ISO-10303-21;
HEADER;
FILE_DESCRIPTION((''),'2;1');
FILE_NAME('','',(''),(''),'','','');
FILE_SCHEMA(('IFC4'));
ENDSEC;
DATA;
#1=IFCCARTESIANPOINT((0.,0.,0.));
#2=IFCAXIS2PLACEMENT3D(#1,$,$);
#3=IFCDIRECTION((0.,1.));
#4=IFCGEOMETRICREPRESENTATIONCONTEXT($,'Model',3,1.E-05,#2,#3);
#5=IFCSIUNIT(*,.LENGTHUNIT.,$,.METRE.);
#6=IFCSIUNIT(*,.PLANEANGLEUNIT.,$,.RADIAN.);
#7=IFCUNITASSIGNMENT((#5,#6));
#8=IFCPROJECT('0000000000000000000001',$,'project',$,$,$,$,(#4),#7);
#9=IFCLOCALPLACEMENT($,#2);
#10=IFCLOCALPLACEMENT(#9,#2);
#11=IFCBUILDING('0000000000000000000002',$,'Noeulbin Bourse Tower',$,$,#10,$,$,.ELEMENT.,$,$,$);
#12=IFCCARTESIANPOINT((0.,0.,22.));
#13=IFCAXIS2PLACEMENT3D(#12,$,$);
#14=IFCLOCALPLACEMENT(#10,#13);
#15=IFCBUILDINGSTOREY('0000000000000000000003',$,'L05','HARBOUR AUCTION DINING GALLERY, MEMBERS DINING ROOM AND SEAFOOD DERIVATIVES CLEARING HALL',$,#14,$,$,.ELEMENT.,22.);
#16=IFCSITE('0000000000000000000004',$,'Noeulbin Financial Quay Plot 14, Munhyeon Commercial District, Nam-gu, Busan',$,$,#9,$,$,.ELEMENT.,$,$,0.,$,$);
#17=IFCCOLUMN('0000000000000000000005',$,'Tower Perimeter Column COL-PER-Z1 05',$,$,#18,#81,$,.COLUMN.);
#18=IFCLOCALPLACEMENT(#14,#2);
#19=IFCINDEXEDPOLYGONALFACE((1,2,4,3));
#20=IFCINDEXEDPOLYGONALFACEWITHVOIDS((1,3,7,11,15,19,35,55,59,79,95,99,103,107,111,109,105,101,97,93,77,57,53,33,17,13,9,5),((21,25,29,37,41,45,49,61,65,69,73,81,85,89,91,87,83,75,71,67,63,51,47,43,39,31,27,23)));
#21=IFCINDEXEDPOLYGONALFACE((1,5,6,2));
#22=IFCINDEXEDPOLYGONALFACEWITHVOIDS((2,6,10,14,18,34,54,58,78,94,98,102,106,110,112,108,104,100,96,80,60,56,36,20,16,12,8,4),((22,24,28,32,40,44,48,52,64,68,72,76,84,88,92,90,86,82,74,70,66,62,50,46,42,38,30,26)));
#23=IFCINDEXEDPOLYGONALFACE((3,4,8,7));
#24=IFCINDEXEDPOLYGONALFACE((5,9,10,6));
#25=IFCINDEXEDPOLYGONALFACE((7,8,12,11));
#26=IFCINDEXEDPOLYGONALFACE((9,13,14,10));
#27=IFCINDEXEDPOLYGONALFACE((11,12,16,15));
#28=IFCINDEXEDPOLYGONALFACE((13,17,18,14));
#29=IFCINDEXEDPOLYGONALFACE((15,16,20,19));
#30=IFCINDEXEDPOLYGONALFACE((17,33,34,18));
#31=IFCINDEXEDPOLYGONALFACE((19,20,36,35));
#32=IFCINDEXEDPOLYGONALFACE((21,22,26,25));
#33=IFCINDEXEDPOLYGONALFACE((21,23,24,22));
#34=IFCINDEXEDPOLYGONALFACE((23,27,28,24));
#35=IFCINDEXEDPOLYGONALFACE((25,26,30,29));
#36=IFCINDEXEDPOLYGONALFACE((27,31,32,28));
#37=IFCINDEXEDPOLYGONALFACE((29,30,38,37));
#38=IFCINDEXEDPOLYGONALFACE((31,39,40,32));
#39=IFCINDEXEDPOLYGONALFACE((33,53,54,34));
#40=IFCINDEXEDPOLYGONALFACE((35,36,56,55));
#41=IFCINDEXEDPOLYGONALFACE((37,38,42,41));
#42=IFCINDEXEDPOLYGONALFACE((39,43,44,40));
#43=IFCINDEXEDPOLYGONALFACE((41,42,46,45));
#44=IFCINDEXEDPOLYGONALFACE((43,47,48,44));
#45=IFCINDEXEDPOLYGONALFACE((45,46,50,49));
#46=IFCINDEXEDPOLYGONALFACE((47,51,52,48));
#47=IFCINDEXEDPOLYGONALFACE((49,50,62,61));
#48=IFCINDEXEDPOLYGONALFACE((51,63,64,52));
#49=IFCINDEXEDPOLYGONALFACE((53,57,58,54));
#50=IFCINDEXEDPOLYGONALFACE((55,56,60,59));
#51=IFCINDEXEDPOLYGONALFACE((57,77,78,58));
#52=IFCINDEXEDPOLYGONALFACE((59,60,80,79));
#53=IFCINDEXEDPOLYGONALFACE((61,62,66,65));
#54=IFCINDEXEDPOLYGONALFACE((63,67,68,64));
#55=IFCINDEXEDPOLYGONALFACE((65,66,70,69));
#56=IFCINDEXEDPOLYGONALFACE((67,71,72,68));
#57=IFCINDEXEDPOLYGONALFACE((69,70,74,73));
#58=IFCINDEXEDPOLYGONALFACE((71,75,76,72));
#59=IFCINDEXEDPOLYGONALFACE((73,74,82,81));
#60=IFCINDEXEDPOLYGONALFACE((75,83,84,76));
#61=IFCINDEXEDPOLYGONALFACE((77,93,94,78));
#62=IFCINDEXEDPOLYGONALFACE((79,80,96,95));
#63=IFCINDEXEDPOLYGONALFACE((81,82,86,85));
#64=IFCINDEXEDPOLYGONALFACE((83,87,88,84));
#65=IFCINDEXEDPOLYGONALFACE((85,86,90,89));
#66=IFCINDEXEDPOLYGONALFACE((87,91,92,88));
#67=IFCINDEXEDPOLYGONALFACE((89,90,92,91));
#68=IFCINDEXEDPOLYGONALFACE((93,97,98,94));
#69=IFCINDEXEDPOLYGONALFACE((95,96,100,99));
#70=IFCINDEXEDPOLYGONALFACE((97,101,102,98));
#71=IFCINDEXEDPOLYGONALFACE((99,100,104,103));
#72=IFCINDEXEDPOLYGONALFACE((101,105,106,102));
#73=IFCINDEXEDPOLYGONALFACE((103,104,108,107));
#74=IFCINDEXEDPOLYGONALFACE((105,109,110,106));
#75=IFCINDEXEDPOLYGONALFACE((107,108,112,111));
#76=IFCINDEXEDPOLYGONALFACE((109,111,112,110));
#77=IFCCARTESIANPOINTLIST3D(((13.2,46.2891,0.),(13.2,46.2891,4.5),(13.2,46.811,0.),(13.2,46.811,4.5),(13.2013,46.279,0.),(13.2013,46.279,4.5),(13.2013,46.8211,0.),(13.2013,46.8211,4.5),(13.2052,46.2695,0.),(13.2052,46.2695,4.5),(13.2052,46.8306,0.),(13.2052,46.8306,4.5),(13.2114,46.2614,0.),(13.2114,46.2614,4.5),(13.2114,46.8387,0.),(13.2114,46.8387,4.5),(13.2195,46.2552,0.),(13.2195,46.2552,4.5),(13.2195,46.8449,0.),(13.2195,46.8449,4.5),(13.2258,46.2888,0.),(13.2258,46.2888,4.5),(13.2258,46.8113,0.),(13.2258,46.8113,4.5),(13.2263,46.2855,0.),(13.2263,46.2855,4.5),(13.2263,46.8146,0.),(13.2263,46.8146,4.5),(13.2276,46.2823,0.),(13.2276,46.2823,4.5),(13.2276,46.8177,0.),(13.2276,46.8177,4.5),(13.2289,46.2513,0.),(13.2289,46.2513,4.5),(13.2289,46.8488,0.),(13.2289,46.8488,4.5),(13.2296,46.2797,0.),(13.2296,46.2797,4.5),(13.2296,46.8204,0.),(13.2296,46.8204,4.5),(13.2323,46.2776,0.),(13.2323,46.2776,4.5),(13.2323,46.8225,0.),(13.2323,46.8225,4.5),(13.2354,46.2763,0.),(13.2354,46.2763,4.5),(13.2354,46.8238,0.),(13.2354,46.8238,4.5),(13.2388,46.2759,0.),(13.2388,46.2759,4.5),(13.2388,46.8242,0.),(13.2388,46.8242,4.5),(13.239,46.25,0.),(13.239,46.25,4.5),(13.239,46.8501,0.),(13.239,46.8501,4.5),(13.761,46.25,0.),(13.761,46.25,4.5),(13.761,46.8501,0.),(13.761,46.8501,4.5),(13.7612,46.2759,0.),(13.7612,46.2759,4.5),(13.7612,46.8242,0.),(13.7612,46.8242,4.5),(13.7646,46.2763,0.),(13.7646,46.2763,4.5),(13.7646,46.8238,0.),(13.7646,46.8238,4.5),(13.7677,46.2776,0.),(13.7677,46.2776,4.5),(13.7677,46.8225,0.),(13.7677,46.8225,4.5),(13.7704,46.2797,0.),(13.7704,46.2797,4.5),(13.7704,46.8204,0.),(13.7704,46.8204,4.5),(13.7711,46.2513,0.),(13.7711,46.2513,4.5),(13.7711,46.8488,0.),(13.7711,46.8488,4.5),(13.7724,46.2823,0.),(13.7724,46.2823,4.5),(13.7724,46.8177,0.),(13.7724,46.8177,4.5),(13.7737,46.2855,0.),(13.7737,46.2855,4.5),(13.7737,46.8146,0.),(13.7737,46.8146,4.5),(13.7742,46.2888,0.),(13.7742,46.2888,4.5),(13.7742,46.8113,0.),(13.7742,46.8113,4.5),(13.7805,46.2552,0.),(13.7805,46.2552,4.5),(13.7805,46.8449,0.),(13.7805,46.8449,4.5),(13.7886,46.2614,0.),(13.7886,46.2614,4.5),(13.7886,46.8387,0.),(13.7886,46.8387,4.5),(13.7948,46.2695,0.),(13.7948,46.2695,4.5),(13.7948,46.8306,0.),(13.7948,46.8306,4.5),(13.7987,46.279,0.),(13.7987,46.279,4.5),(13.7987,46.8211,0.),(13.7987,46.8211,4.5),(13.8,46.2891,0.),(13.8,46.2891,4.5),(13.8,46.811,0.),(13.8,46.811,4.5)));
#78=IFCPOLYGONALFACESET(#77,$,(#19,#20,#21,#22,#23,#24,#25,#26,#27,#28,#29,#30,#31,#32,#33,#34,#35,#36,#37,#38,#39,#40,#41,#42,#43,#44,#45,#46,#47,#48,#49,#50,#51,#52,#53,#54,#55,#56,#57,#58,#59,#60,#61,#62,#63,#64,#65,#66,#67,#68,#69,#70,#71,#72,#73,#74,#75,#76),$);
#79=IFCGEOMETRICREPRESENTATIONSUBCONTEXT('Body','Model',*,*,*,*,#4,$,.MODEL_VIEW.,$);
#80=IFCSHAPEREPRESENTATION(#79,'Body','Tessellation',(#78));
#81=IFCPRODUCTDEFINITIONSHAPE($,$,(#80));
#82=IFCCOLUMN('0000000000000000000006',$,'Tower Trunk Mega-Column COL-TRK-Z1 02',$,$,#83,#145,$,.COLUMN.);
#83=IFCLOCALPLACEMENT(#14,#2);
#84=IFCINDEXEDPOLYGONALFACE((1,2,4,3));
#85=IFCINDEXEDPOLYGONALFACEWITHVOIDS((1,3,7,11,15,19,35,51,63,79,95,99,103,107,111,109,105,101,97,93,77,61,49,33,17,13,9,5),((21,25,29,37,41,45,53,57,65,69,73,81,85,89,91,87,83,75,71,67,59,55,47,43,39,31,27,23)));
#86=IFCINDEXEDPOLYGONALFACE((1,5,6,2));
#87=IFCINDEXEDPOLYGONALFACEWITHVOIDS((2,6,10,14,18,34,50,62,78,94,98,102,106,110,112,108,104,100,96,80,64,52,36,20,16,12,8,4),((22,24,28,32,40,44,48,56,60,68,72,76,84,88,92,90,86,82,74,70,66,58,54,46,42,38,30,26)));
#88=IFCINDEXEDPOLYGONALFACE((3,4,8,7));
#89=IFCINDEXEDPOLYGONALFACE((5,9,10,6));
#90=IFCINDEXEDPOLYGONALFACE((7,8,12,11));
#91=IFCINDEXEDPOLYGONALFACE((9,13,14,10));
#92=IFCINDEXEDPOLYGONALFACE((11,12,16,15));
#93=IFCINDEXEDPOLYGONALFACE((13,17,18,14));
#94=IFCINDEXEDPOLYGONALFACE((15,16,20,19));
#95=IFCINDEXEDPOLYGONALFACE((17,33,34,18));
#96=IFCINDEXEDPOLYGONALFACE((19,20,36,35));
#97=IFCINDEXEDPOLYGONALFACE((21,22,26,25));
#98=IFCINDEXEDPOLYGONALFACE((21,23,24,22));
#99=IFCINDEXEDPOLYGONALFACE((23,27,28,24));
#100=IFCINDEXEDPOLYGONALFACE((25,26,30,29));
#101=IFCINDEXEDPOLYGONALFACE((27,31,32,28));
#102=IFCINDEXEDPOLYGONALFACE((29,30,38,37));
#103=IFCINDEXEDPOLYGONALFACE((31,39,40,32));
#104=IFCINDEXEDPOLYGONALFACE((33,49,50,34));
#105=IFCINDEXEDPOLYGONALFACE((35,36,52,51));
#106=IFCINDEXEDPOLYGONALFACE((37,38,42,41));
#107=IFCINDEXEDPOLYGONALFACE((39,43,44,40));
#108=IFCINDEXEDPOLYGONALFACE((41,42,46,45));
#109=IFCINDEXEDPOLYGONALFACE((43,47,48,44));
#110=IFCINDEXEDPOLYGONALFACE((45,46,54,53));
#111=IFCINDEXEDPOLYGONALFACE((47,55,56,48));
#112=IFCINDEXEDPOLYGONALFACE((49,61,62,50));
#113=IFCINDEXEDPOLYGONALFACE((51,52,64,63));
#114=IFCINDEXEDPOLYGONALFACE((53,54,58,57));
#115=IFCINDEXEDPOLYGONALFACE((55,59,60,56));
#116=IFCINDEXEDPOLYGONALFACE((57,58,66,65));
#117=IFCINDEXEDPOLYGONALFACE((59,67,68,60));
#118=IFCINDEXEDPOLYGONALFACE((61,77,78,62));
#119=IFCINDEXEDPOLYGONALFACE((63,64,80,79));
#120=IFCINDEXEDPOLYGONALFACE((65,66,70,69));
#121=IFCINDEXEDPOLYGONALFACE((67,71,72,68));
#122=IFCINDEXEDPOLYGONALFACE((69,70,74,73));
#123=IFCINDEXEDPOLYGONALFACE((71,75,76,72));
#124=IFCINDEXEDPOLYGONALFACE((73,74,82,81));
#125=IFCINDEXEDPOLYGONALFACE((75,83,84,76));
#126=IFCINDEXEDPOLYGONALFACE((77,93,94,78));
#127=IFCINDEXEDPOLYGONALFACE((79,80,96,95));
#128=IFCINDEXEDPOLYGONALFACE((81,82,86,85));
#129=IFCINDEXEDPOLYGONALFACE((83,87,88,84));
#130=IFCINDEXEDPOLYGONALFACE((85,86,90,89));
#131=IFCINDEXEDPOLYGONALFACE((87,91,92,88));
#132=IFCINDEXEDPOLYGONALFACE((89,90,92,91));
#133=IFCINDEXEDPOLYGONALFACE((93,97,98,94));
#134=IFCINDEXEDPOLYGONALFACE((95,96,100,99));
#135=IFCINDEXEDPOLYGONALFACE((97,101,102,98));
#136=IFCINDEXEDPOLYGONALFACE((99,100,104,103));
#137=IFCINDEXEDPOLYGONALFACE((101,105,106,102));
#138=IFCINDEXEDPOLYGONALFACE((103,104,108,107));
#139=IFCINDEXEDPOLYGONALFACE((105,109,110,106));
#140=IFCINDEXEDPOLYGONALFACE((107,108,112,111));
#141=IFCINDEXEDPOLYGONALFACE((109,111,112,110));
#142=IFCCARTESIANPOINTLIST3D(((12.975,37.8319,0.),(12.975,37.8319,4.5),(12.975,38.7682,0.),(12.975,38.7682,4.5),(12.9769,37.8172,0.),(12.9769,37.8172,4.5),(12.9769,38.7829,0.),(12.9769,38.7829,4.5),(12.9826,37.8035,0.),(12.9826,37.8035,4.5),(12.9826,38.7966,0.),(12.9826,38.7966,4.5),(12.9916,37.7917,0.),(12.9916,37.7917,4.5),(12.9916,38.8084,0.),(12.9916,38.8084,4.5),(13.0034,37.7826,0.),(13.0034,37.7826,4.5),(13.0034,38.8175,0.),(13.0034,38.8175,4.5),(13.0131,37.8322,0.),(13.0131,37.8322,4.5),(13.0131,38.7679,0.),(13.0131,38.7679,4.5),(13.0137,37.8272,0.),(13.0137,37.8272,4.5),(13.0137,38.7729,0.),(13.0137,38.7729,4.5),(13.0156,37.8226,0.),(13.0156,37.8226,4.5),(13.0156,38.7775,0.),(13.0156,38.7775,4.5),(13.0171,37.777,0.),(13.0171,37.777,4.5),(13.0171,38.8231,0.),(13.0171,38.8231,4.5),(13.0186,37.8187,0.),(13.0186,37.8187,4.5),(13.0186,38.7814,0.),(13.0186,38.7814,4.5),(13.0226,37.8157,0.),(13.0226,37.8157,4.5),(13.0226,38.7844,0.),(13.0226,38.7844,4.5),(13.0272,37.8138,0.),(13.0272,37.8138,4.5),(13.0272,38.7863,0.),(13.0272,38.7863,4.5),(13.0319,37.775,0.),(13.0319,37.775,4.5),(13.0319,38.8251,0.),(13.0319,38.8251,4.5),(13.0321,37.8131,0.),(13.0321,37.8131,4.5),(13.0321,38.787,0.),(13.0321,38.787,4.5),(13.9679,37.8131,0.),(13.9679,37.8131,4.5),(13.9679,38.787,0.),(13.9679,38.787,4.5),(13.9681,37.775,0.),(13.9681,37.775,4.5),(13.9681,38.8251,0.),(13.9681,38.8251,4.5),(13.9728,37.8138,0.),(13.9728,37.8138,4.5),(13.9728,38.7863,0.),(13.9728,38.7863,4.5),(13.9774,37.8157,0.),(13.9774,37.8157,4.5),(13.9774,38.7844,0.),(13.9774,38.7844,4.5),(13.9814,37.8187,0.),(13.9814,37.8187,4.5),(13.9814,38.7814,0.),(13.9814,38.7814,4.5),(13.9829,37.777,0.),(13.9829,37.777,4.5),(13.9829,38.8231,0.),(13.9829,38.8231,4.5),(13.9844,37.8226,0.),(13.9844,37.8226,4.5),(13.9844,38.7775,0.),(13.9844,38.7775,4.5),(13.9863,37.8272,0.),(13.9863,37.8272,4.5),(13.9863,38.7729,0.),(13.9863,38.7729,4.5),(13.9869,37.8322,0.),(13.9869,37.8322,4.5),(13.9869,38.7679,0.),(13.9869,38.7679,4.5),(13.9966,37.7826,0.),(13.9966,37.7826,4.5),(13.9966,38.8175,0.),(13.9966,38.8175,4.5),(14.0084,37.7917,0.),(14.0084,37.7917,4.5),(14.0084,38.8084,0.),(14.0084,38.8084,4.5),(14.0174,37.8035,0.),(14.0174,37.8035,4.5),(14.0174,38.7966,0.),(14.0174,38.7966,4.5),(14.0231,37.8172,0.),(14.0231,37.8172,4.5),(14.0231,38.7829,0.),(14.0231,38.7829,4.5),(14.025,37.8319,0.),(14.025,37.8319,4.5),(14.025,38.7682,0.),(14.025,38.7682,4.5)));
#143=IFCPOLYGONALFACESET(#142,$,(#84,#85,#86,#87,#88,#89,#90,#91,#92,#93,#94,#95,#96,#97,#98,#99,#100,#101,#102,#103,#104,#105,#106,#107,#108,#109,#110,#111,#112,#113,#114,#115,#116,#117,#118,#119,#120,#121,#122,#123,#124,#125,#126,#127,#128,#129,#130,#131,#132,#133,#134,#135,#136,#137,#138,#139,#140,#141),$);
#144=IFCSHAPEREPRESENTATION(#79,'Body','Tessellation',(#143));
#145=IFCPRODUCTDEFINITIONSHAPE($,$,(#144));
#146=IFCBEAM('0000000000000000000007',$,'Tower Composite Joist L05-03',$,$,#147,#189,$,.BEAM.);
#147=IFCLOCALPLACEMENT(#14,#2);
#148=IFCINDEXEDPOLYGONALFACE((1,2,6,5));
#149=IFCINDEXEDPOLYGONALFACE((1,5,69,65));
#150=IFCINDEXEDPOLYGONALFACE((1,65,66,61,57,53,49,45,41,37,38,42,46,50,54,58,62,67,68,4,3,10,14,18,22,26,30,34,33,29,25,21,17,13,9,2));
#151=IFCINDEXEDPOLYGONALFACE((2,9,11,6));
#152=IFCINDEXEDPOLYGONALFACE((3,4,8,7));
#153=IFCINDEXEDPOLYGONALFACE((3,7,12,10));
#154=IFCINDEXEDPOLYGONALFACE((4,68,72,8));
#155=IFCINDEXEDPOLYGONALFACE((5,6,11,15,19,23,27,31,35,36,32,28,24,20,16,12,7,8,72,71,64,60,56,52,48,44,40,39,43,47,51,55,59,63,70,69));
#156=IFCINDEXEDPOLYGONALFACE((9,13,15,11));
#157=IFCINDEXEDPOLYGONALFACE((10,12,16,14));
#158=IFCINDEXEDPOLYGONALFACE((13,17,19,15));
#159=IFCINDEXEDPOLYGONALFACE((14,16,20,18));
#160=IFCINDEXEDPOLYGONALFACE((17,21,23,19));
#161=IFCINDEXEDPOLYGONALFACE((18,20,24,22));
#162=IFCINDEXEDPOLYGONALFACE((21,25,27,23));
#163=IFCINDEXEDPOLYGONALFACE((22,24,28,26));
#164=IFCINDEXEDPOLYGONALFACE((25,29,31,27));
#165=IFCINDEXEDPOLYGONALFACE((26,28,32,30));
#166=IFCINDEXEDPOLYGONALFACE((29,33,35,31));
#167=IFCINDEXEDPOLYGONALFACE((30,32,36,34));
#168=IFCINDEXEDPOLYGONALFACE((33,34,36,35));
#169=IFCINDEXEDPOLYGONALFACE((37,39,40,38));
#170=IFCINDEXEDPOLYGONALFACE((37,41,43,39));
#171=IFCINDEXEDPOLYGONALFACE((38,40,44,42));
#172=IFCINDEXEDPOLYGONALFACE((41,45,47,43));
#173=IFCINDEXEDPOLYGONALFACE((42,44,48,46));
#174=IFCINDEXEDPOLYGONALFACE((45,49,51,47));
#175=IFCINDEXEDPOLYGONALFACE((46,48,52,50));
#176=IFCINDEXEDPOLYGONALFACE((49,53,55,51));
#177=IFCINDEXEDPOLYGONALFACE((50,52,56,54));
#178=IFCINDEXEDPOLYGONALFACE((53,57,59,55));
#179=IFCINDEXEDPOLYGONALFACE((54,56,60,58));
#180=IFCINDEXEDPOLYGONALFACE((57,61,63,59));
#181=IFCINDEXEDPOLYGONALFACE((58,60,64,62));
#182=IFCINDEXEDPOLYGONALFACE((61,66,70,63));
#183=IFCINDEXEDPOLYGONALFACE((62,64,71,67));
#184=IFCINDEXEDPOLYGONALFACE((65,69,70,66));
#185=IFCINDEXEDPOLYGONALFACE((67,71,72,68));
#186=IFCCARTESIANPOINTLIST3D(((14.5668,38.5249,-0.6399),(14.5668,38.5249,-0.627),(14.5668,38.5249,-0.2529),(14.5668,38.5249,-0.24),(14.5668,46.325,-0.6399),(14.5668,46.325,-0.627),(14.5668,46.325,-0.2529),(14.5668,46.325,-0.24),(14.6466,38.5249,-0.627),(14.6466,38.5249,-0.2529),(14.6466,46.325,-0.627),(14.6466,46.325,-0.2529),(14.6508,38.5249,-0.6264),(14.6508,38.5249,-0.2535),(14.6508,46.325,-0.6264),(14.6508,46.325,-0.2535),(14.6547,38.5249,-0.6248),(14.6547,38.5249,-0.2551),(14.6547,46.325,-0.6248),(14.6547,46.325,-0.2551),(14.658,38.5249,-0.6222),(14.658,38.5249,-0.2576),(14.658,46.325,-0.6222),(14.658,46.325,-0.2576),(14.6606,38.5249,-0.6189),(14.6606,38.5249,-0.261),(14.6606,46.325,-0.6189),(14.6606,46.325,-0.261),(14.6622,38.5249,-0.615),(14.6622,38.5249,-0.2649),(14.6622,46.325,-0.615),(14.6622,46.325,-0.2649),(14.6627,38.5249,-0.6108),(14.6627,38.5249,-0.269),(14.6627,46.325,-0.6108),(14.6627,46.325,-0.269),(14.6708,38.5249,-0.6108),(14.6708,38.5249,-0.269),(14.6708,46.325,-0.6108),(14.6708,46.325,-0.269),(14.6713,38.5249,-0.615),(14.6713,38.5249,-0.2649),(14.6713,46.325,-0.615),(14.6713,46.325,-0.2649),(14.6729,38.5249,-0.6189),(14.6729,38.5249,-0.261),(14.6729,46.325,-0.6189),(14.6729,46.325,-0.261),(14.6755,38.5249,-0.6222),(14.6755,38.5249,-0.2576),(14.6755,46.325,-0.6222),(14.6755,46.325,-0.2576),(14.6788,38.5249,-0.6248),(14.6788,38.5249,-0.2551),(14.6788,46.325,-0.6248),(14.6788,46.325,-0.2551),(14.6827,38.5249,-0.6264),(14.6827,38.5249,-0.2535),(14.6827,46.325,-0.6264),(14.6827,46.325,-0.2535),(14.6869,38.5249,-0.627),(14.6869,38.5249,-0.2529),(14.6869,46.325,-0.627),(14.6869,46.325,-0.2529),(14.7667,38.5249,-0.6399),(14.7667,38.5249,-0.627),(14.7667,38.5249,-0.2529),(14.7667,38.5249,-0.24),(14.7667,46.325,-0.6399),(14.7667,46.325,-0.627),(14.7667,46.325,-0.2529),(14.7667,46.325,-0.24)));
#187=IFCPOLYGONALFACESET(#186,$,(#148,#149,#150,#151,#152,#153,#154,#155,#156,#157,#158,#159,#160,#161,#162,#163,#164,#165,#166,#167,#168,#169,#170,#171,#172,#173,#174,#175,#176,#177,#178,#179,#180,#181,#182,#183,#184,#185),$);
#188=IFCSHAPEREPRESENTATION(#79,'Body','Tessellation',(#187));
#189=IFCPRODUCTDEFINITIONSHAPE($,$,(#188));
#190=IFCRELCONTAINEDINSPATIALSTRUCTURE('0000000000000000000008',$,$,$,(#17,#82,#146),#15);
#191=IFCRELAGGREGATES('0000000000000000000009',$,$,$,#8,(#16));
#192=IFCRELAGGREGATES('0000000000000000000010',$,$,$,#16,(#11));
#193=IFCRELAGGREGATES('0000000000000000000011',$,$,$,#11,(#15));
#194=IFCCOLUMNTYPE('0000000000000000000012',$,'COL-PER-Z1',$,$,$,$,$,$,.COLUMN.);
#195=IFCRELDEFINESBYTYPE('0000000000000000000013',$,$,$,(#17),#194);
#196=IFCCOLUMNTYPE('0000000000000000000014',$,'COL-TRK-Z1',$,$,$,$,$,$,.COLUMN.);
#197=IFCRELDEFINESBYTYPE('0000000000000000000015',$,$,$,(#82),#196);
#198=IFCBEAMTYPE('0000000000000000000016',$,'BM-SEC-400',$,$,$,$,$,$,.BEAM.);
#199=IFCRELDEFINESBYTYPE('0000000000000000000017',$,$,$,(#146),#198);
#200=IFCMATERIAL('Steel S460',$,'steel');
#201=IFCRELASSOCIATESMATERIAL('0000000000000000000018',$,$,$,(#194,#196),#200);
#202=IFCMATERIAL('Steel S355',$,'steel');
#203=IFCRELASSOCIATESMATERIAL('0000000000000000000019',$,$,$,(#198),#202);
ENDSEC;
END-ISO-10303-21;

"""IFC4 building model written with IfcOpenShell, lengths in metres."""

from ifc_helpers import new_model, si_unit, direction, frame, origin, origin_2d, place, context, subcontext, project, spatial, hollow_rectangle, i_section, extrude, material, material_profile, profile_set, type_object, element, save


model = new_model("IFC4")

# Units and contexts
model_context = context("Model", 3, precision=1e-05, world=origin(), true_north=direction((0.0, 1.0)))
body_context = subcontext(model_context, "Body", "Model", "MODEL_VIEW")
ifc_project = project(units=[si_unit("LENGTHUNIT", "METRE"), si_unit("PLANEANGLEUNIT", "RADIAN")], contexts=[model_context])

# Site, building, storey
site_placement = place(None, origin())
site = spatial("IfcSite", under=ifc_project, at=site_placement, Name="Noeulbin Financial Quay Plot 14, Munhyeon Commercial District, Nam-gu, Busan", CompositionType="ELEMENT", RefElevation=0.0)
building_placement = place(site_placement, origin())
building = spatial("IfcBuilding", under=site, at=building_placement, Name="Noeulbin Bourse Tower", CompositionType="ELEMENT")
storey_placement = place(building_placement, frame((0.0, 0.0, 22.0)))
storey = spatial("IfcBuildingStorey", under=building, at=storey_placement, Name="L05", Description="HARBOUR AUCTION DINING GALLERY, MEMBERS DINING ROOM AND SEAFOOD DERIVATIVES CLEARING HALL", CompositionType="ELEMENT", Elevation=22.0)

# Columns
ifc_material_1 = material(Name="Steel S460", Category="steel")
ifc_material_profile_1 = material_profile(ifc_material_1, hollow_rectangle(XDim=0.6001, YDim=0.6001, WallThickness=0.0259, InnerFilletRadius=0.0129, OuterFilletRadius=0.0391, at=origin_2d()), Name="BOX-600x600x26", Category="LoadBearing")
ifc_profile_set_1 = profile_set([ifc_material_profile_1], Name="Steel S460")
column_type_1 = type_object("IfcColumnType", Name="COL-PER-Z1", PredefinedType="COLUMN", material=ifc_profile_set_1)
column_1_placement = place(storey_placement, frame((13.5, 46.55, 0.0), z_axis=(0.0, 0.0, 1.0), x_axis=(1.0, 0.0, 0.0)))
element("IfcColumn", 1, at=column_1_placement, inside=storey, type_object=column_type_1, Name="Tower Perimeter Column COL-PER-Z1 05", PredefinedType="COLUMN", context=body_context, shape_type="SweptSolid", body=[
    extrude(hollow_rectangle(XDim=0.6001, YDim=0.6001, WallThickness=0.0259, InnerFilletRadius=0.0129, OuterFilletRadius=0.0391, at=origin_2d()), origin(), (0.0, 0.0, 1.0), 4.5),
])
ifc_material_profile_2 = material_profile(ifc_material_1, hollow_rectangle(XDim=1.05, YDim=1.05, WallThickness=0.0381, InnerFilletRadius=0.019, OuterFilletRadius=0.0569, at=origin_2d()), Name="BOX-1050x1050x38", Category="LoadBearing")
ifc_profile_set_2 = profile_set([ifc_material_profile_2], Name="Steel S460")
column_type_2 = type_object("IfcColumnType", Name="COL-TRK-Z1", PredefinedType="COLUMN", material=ifc_profile_set_2)
column_2_placement = place(storey_placement, frame((13.5, 38.3, 0.0), z_axis=(0.0, 0.0, 1.0), x_axis=(1.0, 0.0, 0.0)))
element("IfcColumn", 2, at=column_2_placement, inside=storey, type_object=column_type_2, Name="Tower Trunk Mega-Column COL-TRK-Z1 02", PredefinedType="COLUMN", context=body_context, shape_type="SweptSolid", body=[
    extrude(hollow_rectangle(XDim=1.05, YDim=1.05, WallThickness=0.0381, InnerFilletRadius=0.019, OuterFilletRadius=0.0569, at=origin_2d()), origin(), (0.0, 0.0, 1.0), 4.5),
])

# Beam
ifc_material_2 = material(Name="Steel S355", Category="steel")
ifc_material_profile_3 = material_profile(ifc_material_2, i_section(OverallWidth=0.2, OverallDepth=0.3999, WebThickness=0.0081, FlangeThickness=0.0129, FilletRadius=0.0161, at=origin_2d()), Name="H-400x200x8x13", Category="LoadBearing")
ifc_profile_set_3 = profile_set([ifc_material_profile_3], Name="Steel S355")
beam_type_1 = type_object("IfcBeamType", Name="BM-SEC-400", PredefinedType="BEAM", material=ifc_profile_set_3)
beam_1_placement = place(storey_placement, frame((14.6667, 38.5249, -0.4399), z_axis=(0.0, 1.0, 0.0), x_axis=(-1.0, 0.0, 0.0)))
element("IfcBeam", 3, at=beam_1_placement, inside=storey, type_object=beam_type_1, Name="Tower Composite Joist L05-03", PredefinedType="BEAM", context=body_context, shape_type="SweptSolid", body=[
    extrude(i_section(OverallWidth=0.2, OverallDepth=0.3999, WebThickness=0.0081, FlangeThickness=0.0129, FilletRadius=0.0161, at=origin_2d()), origin(), (0.0, 0.0, 1.0), 7.8),
])

save(model, "model.ifc")
